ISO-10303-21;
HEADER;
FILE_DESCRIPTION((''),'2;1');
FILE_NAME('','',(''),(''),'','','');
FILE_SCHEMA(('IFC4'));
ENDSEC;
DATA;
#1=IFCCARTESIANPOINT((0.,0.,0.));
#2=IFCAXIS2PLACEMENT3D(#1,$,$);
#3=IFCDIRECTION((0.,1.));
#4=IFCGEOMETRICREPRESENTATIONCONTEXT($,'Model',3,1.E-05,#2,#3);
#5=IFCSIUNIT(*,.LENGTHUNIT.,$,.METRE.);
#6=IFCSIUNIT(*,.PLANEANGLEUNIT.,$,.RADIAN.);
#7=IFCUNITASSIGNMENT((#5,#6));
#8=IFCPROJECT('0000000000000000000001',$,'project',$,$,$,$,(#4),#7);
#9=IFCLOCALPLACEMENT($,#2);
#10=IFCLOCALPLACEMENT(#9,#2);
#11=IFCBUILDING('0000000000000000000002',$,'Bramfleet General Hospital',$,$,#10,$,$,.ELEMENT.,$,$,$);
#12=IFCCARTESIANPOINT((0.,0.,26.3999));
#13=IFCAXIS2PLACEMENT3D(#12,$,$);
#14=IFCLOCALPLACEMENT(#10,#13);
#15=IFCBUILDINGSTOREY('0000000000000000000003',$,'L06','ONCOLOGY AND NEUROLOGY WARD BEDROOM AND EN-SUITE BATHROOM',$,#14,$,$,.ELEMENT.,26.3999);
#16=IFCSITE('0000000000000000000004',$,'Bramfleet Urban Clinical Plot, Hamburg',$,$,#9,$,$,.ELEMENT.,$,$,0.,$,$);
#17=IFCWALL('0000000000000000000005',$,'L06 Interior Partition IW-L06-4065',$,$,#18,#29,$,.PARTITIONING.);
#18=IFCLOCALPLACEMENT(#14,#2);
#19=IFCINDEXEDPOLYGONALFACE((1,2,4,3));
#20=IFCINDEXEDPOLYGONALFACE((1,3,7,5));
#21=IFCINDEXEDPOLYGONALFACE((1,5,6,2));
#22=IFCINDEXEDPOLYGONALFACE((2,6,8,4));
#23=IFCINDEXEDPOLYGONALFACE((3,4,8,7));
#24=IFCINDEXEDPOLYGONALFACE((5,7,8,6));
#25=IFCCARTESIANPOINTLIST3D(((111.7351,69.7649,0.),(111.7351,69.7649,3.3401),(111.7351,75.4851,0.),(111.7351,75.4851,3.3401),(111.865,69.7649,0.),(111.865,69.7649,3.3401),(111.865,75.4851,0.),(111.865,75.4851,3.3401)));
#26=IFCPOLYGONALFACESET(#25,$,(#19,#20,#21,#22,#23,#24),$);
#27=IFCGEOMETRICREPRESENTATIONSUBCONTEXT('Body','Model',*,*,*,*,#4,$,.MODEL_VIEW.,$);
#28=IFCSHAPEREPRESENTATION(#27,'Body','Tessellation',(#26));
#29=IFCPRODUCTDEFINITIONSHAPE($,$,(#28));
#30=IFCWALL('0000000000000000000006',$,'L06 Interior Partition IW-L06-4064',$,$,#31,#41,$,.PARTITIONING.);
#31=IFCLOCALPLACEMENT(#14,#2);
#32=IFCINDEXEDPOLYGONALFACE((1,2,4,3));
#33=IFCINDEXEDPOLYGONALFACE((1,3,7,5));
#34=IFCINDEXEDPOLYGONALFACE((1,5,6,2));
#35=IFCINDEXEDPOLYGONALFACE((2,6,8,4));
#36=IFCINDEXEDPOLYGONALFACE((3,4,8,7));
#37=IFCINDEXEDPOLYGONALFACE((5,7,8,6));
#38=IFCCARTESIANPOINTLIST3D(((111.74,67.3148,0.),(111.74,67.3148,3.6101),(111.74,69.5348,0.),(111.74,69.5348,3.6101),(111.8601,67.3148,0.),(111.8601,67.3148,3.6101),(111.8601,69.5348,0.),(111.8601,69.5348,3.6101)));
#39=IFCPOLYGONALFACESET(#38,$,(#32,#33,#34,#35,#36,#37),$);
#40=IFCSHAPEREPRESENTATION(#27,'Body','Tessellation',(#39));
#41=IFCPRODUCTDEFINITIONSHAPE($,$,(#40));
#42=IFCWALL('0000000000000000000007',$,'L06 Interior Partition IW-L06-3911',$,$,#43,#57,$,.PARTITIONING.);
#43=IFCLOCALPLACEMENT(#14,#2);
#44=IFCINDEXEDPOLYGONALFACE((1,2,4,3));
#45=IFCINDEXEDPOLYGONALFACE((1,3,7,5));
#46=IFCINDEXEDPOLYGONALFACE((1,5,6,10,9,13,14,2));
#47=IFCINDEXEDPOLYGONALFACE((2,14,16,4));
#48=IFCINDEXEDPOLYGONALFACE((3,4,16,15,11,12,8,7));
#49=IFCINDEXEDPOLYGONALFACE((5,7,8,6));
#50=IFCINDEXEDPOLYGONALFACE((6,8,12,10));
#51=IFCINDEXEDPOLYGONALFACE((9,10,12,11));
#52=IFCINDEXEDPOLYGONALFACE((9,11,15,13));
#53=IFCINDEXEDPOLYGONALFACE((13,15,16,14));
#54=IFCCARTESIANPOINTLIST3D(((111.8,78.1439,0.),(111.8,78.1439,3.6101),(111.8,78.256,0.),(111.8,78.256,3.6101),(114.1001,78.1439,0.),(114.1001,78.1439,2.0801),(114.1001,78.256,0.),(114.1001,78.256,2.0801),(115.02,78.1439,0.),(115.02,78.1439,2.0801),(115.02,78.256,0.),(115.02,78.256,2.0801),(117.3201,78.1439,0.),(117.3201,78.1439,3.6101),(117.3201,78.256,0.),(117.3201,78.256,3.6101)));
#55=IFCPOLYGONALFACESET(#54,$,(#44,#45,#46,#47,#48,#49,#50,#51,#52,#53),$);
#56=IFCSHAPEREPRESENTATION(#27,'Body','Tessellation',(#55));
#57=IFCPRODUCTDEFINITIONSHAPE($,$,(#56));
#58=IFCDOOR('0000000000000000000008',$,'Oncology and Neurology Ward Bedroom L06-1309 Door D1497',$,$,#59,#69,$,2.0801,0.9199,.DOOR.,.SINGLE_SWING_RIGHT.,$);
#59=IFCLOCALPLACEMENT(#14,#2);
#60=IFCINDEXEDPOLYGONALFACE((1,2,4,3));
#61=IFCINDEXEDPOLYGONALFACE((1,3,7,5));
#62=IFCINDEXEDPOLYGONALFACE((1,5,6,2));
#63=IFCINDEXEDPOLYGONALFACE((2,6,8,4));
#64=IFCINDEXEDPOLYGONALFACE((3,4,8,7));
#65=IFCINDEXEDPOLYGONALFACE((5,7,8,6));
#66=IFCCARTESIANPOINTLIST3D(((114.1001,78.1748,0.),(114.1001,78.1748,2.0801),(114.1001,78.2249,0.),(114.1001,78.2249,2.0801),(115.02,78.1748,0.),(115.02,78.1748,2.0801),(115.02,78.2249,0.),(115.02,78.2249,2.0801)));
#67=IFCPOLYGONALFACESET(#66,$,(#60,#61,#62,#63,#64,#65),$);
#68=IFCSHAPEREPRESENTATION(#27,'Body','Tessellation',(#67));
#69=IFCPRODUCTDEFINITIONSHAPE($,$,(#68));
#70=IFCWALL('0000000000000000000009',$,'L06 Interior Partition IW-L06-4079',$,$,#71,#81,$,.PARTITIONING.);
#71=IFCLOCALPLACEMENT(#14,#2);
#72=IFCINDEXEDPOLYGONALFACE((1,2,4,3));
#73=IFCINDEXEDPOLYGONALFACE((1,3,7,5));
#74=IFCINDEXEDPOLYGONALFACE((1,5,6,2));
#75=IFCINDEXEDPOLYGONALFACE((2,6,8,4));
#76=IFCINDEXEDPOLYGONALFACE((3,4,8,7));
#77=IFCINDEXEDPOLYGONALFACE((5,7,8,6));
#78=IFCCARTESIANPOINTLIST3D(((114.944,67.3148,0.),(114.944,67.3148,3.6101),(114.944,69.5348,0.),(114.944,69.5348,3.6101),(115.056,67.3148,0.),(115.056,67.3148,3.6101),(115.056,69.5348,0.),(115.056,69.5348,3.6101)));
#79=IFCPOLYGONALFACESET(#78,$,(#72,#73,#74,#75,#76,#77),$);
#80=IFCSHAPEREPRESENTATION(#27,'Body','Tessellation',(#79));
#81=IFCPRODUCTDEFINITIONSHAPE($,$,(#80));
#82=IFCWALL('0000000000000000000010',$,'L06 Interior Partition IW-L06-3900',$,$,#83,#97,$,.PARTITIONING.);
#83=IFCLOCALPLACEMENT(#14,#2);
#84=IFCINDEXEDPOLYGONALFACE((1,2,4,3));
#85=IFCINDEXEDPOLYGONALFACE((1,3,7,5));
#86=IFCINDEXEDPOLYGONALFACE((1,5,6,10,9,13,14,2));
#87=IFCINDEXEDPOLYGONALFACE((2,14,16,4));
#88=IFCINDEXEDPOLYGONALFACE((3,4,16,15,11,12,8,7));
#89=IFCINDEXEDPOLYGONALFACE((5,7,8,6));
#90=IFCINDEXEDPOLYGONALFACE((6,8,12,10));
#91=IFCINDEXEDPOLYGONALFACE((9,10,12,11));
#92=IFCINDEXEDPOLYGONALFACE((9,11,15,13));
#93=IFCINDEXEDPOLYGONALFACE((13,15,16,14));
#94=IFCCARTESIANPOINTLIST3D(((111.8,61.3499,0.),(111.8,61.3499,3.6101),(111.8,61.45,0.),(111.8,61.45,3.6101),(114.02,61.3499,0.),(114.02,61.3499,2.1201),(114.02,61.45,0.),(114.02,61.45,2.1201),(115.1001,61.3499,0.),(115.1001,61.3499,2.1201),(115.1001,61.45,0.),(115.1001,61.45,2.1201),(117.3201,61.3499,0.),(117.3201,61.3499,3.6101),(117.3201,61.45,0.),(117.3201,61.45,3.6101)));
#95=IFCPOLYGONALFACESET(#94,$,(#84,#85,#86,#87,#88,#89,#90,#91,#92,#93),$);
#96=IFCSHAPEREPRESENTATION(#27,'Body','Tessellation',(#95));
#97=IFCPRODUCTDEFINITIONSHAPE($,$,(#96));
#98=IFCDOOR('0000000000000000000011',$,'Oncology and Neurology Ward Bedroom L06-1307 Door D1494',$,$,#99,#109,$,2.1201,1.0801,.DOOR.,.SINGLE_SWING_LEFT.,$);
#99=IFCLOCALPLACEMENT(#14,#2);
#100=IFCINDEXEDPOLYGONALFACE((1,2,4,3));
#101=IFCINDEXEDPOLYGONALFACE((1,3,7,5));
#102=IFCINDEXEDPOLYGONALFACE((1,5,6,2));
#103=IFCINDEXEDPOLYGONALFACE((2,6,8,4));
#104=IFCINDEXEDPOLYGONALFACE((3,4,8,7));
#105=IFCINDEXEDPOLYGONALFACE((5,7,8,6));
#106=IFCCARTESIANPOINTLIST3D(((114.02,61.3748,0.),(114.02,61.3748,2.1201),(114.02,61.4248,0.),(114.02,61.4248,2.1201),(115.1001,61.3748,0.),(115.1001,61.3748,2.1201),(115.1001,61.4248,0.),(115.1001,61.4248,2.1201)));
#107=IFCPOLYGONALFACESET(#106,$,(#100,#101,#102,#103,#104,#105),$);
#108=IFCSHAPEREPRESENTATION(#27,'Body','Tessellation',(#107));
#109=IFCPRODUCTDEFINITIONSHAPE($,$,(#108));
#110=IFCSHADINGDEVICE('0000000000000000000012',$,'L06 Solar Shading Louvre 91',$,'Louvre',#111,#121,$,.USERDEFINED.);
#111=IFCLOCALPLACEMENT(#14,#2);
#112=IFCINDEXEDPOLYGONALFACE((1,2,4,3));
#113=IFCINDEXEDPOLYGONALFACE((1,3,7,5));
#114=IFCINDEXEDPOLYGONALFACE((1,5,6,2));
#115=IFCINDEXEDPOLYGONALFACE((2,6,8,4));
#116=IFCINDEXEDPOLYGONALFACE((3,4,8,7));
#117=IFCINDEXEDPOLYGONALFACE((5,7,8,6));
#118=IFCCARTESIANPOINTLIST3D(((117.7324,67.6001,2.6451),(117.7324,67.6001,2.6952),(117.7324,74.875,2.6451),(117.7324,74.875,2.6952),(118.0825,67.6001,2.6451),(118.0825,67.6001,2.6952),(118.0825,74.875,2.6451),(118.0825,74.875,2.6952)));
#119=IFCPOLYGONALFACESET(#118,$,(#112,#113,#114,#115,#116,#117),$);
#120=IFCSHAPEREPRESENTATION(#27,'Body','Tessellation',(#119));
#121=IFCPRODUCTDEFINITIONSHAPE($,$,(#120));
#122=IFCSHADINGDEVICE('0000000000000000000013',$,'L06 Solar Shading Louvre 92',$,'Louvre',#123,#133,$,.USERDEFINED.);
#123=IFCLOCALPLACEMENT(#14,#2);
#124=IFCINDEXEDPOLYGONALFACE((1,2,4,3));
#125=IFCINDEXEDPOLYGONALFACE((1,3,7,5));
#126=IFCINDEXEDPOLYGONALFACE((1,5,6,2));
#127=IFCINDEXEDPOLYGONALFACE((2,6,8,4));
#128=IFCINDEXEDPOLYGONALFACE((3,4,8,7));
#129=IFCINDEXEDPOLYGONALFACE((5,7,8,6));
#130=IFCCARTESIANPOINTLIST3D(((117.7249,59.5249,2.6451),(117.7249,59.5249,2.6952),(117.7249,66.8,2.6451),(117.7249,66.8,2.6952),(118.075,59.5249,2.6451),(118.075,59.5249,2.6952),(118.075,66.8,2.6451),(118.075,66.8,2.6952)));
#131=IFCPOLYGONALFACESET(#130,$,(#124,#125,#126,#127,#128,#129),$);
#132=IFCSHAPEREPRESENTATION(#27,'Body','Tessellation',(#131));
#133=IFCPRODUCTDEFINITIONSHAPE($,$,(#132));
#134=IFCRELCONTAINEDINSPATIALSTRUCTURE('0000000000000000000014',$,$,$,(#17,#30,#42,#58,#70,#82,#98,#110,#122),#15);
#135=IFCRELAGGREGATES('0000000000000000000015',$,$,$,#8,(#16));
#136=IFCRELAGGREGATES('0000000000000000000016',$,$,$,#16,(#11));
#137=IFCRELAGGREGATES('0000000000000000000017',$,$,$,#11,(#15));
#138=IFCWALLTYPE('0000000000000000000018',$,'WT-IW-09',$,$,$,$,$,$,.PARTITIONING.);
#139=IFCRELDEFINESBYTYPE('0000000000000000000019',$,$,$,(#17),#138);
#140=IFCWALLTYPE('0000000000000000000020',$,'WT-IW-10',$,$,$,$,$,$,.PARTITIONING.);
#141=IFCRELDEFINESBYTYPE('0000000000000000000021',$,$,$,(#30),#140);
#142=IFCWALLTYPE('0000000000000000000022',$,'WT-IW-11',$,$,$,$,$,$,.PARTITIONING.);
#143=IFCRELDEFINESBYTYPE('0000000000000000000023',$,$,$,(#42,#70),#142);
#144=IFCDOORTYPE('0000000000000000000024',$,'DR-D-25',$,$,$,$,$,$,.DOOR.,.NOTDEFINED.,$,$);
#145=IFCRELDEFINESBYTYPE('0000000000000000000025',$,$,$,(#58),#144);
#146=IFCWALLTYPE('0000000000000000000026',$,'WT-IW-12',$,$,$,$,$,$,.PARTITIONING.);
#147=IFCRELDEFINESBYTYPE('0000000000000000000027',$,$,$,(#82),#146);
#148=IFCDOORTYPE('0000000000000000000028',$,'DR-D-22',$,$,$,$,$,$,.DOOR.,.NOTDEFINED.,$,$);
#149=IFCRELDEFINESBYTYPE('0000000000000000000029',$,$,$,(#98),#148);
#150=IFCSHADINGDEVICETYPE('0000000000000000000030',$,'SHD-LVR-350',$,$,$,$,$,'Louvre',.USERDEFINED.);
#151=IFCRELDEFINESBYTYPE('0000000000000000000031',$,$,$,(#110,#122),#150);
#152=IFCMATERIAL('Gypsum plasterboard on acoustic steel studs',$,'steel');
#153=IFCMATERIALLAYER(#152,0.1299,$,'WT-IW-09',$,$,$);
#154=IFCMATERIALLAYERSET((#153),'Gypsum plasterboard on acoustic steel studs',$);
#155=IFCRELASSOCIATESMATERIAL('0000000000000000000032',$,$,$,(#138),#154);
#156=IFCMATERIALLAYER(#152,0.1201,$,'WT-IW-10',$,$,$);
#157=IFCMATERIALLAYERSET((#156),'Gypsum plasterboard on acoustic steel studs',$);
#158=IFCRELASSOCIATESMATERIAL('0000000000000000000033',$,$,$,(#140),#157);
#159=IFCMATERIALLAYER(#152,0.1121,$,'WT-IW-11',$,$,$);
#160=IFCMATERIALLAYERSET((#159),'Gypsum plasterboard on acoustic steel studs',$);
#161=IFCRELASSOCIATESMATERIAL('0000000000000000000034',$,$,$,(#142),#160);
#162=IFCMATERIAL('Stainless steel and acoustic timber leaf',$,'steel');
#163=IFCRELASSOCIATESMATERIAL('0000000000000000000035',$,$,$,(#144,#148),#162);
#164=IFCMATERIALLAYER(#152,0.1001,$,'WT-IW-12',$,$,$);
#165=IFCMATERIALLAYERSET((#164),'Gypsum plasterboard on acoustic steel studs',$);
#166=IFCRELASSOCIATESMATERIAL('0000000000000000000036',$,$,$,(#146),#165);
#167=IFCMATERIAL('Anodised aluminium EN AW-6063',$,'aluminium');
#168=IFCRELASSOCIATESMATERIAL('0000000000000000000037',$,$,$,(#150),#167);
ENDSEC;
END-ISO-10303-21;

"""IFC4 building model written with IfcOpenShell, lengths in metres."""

from ifc_helpers import new_model, si_unit, direction, frame, frame_2d, origin, origin_2d, place, context, subcontext, project, spatial, rectangle, extrude, material, layer, layer_set, material_profile, profile_set, type_object, element, fill, save


model = new_model("IFC4")

# Units and contexts
model_context = context("Model", 3, precision=1e-05, world=origin(), true_north=direction((0.0, 1.0)))
body_context = subcontext(model_context, "Body", "Model", "MODEL_VIEW")
ifc_project = project(units=[si_unit("LENGTHUNIT", "METRE"), si_unit("PLANEANGLEUNIT", "RADIAN")], contexts=[model_context])

# Site, building, storey
site_placement = place(None, origin())
site = spatial("IfcSite", under=ifc_project, at=site_placement, Name="Bramfleet Urban Clinical Plot, Hamburg", CompositionType="ELEMENT", RefElevation=0.0)
building_placement = place(site_placement, origin())
building = spatial("IfcBuilding", under=site, at=building_placement, Name="Bramfleet General Hospital", CompositionType="ELEMENT")
storey_placement = place(building_placement, frame((0.0, 0.0, 26.3999)))
storey = spatial("IfcBuildingStorey", under=building, at=storey_placement, Name="L06", Description="ONCOLOGY AND NEUROLOGY WARD BEDROOM AND EN-SUITE BATHROOM", CompositionType="ELEMENT", Elevation=26.3999)

# Shared definitions
ifc_material_1 = material(Name="Gypsum plasterboard on acoustic steel studs", Category="steel")

# Shared definitions
ifc_material_2 = material(Name="Stainless steel and acoustic timber leaf", Category="steel")

# Walls
ifc_layer_1 = layer(ifc_material_1, 0.1299, Name="WT-IW-09")
ifc_layer_set_1 = layer_set([ifc_layer_1], Name="Gypsum plasterboard on acoustic steel studs")
wall_type_1 = type_object("IfcWallType", Name="WT-IW-09", PredefinedType="PARTITIONING", material=ifc_layer_set_1)
wall_1_placement = place(storey_placement, frame((111.8, 69.7649, 0.0), z_axis=(0.0, 0.0, 1.0), x_axis=(0.0, 1.0, 0.0)))
element("IfcWall", 1, at=wall_1_placement, inside=storey, type_object=wall_type_1, Name="L06 Interior Partition IW-L06-4065", PredefinedType="PARTITIONING", context=body_context, shape_type="SweptSolid", body=[
    extrude(rectangle(XDim=5.7202, YDim=0.1299, at=frame_2d((2.8601, 0.0))), origin(), (0.0, 0.0, 1.0), 3.3401),
])
ifc_layer_2 = layer(ifc_material_1, 0.1201, Name="WT-IW-10")
ifc_layer_set_2 = layer_set([ifc_layer_2], Name="Gypsum plasterboard on acoustic steel studs")
wall_type_2 = type_object("IfcWallType", Name="WT-IW-10", PredefinedType="PARTITIONING", material=ifc_layer_set_2)
wall_2_placement = place(storey_placement, frame((111.8, 67.3149, 0.0), z_axis=(0.0, 0.0, 1.0), x_axis=(0.0, 1.0, 0.0)))
element("IfcWall", 2, at=wall_2_placement, inside=storey, type_object=wall_type_2, Name="L06 Interior Partition IW-L06-4064", PredefinedType="PARTITIONING", context=body_context, shape_type="SweptSolid", body=[
    extrude(rectangle(XDim=2.22, YDim=0.1201, at=frame_2d((1.1099, 0.0))), origin(), (0.0, 0.0, 1.0), 3.6101),
])

# Wall, opening, door
ifc_layer_3 = layer(ifc_material_1, 0.1121, Name="WT-IW-11")
ifc_layer_set_3 = layer_set([ifc_layer_3], Name="Gypsum plasterboard on acoustic steel studs")
wall_type_3 = type_object("IfcWallType", Name="WT-IW-11", PredefinedType="PARTITIONING", material=ifc_layer_set_3)
wall_3_placement = place(storey_placement, frame((111.8, 78.2, 0.0), z_axis=(0.0, 0.0, 1.0), x_axis=(1.0, 0.0, 0.0)))
wall_3 = element("IfcWall", 3, at=wall_3_placement, inside=storey, type_object=wall_type_3, Name="L06 Interior Partition IW-L06-3911", PredefinedType="PARTITIONING", context=body_context, shape_type="SweptSolid", body=[
    extrude(rectangle(XDim=5.52, YDim=0.1121, at=frame_2d((2.76, 0.0))), origin(), (0.0, 0.0, 1.0), 3.6101),
])
opening_1_placement = place(wall_3_placement, frame((2.3, 0.0, 0.0)))
opening_1 = element("IfcOpeningElement", 4, at=opening_1_placement, cuts=wall_3, PredefinedType="OPENING", context=body_context, shape_type="SweptSolid", body=[
    extrude(rectangle(XDim=0.9199, YDim=2.0801, at=frame_2d((0.46, 1.04))), frame((0.0, 0.0659, 0.0), z_axis=(0.0, -1.0, 0.0), x_axis=(1.0, 0.0, 0.0)), (0.0, 0.0, 1.0), 0.1321),
])
door_type_1 = type_object("IfcDoorType", Name="DR-D-25", OperationType="NOTDEFINED", PredefinedType="DOOR", material=ifc_material_2)
door_1_placement = place(opening_1_placement, origin())
door_1 = element("IfcDoor", 5, at=door_1_placement, inside=storey, type_object=door_type_1, Name="Oncology and Neurology Ward Bedroom L06-1309 Door D1497", OperationType="SINGLE_SWING_RIGHT", OverallHeight=2.0801, OverallWidth=0.9199, PredefinedType="DOOR", context=body_context, shape_type="SweptSolid", body=[
    extrude(rectangle(XDim=0.9199, YDim=2.0801, at=frame_2d((0.46, 1.04))), frame((0.0, 0.0249, 0.0), z_axis=(0.0, -1.0, 0.0), x_axis=(1.0, 0.0, 0.0)), (0.0, 0.0, 1.0), 0.05),
])
fill(opening_1, door_1)

# Wall
wall_4_placement = place(storey_placement, frame((115.0, 67.3149, 0.0), z_axis=(0.0, 0.0, 1.0), x_axis=(0.0, 1.0, 0.0)))
element("IfcWall", 6, at=wall_4_placement, inside=storey, type_object=wall_type_3, Name="L06 Interior Partition IW-L06-4079", PredefinedType="PARTITIONING", context=body_context, shape_type="SweptSolid", body=[
    extrude(rectangle(XDim=2.22, YDim=0.1121, at=frame_2d((1.1099, 0.0))), origin(), (0.0, 0.0, 1.0), 3.6101),
])

# Wall, opening, door
ifc_layer_4 = layer(ifc_material_1, 0.1001, Name="WT-IW-12")
ifc_layer_set_4 = layer_set([ifc_layer_4], Name="Gypsum plasterboard on acoustic steel studs")
wall_type_4 = type_object("IfcWallType", Name="WT-IW-12", PredefinedType="PARTITIONING", material=ifc_layer_set_4)
wall_5_placement = place(storey_placement, frame((111.8, 61.3999, 0.0), z_axis=(0.0, 0.0, 1.0), x_axis=(1.0, 0.0, 0.0)))
wall_5 = element("IfcWall", 7, at=wall_5_placement, inside=storey, type_object=wall_type_4, Name="L06 Interior Partition IW-L06-3900", PredefinedType="PARTITIONING", context=body_context, shape_type="SweptSolid", body=[
    extrude(rectangle(XDim=5.52, YDim=0.1001, at=frame_2d((2.76, 0.0))), origin(), (0.0, 0.0, 1.0), 3.6101),
])
opening_2_placement = place(wall_5_placement, frame((2.22, 0.0, 0.0)))
opening_2 = element("IfcOpeningElement", 8, at=opening_2_placement, cuts=wall_5, PredefinedType="OPENING", context=body_context, shape_type="SweptSolid", body=[
    extrude(rectangle(XDim=1.0801, YDim=2.1201, at=frame_2d((0.54, 1.0601))), frame((0.0, 0.0601, 0.0), z_axis=(0.0, -1.0, 0.0), x_axis=(1.0, 0.0, 0.0)), (0.0, 0.0, 1.0), 0.1201),
])
door_type_2 = type_object("IfcDoorType", Name="DR-D-22", OperationType="NOTDEFINED", PredefinedType="DOOR", material=ifc_material_2)
door_2_placement = place(opening_2_placement, origin())
door_2 = element("IfcDoor", 9, at=door_2_placement, inside=storey, type_object=door_type_2, Name="Oncology and Neurology Ward Bedroom L06-1307 Door D1494", OperationType="SINGLE_SWING_LEFT", OverallHeight=2.1201, OverallWidth=1.0801, PredefinedType="DOOR", context=body_context, shape_type="SweptSolid", body=[
    extrude(rectangle(XDim=1.0801, YDim=2.1201, at=frame_2d((0.54, 1.0601))), frame((0.0, 0.0249, 0.0), z_axis=(0.0, -1.0, 0.0), x_axis=(1.0, 0.0, 0.0)), (0.0, 0.0, 1.0), 0.05),
])
fill(opening_2, door_2)

# Shading devices
ifc_material_3 = material(Name="Anodised aluminium EN AW-6063", Category="aluminium")
ifc_material_profile_1 = material_profile(ifc_material_3, rectangle(XDim=0.05, YDim=0.3501, at=origin_2d()), Name="ALU LOUVRE 350x50")
ifc_profile_set_1 = profile_set([ifc_material_profile_1], Name="Anodised aluminium EN AW-6063")
shading_device_type = type_object("IfcShadingDeviceType", Name="SHD-LVR-350", ElementType="Louvre", PredefinedType="USERDEFINED", material=ifc_profile_set_1)
shading_device_1_placement = place(storey_placement, frame((117.9075, 74.875, 2.6702), z_axis=(0.0, -1.0, 0.0), x_axis=(0.0, 0.0, 1.0)))
element("IfcShadingDevice", 10, at=shading_device_1_placement, inside=storey, type_object=shading_device_type, Name="L06 Solar Shading Louvre 91", ObjectType="Louvre", PredefinedType="USERDEFINED", context=body_context, shape_type="SweptSolid", body=[
    extrude(rectangle(XDim=0.05, YDim=0.3501, at=origin_2d()), origin(), (0.0, 0.0, 1.0), 7.2749),
])
shading_device_2_placement = place(storey_placement, frame((117.8999, 66.8, 2.6702), z_axis=(0.0, -1.0, 0.0), x_axis=(0.0, 0.0, 1.0)))
element("IfcShadingDevice", 11, at=shading_device_2_placement, inside=storey, type_object=shading_device_type, Name="L06 Solar Shading Louvre 92", ObjectType="Louvre", PredefinedType="USERDEFINED", context=body_context, shape_type="SweptSolid", body=[
    extrude(rectangle(XDim=0.05, YDim=0.3501, at=origin_2d()), origin(), (0.0, 0.0, 1.0), 7.2751),
])

save(model, "model.ifc")
